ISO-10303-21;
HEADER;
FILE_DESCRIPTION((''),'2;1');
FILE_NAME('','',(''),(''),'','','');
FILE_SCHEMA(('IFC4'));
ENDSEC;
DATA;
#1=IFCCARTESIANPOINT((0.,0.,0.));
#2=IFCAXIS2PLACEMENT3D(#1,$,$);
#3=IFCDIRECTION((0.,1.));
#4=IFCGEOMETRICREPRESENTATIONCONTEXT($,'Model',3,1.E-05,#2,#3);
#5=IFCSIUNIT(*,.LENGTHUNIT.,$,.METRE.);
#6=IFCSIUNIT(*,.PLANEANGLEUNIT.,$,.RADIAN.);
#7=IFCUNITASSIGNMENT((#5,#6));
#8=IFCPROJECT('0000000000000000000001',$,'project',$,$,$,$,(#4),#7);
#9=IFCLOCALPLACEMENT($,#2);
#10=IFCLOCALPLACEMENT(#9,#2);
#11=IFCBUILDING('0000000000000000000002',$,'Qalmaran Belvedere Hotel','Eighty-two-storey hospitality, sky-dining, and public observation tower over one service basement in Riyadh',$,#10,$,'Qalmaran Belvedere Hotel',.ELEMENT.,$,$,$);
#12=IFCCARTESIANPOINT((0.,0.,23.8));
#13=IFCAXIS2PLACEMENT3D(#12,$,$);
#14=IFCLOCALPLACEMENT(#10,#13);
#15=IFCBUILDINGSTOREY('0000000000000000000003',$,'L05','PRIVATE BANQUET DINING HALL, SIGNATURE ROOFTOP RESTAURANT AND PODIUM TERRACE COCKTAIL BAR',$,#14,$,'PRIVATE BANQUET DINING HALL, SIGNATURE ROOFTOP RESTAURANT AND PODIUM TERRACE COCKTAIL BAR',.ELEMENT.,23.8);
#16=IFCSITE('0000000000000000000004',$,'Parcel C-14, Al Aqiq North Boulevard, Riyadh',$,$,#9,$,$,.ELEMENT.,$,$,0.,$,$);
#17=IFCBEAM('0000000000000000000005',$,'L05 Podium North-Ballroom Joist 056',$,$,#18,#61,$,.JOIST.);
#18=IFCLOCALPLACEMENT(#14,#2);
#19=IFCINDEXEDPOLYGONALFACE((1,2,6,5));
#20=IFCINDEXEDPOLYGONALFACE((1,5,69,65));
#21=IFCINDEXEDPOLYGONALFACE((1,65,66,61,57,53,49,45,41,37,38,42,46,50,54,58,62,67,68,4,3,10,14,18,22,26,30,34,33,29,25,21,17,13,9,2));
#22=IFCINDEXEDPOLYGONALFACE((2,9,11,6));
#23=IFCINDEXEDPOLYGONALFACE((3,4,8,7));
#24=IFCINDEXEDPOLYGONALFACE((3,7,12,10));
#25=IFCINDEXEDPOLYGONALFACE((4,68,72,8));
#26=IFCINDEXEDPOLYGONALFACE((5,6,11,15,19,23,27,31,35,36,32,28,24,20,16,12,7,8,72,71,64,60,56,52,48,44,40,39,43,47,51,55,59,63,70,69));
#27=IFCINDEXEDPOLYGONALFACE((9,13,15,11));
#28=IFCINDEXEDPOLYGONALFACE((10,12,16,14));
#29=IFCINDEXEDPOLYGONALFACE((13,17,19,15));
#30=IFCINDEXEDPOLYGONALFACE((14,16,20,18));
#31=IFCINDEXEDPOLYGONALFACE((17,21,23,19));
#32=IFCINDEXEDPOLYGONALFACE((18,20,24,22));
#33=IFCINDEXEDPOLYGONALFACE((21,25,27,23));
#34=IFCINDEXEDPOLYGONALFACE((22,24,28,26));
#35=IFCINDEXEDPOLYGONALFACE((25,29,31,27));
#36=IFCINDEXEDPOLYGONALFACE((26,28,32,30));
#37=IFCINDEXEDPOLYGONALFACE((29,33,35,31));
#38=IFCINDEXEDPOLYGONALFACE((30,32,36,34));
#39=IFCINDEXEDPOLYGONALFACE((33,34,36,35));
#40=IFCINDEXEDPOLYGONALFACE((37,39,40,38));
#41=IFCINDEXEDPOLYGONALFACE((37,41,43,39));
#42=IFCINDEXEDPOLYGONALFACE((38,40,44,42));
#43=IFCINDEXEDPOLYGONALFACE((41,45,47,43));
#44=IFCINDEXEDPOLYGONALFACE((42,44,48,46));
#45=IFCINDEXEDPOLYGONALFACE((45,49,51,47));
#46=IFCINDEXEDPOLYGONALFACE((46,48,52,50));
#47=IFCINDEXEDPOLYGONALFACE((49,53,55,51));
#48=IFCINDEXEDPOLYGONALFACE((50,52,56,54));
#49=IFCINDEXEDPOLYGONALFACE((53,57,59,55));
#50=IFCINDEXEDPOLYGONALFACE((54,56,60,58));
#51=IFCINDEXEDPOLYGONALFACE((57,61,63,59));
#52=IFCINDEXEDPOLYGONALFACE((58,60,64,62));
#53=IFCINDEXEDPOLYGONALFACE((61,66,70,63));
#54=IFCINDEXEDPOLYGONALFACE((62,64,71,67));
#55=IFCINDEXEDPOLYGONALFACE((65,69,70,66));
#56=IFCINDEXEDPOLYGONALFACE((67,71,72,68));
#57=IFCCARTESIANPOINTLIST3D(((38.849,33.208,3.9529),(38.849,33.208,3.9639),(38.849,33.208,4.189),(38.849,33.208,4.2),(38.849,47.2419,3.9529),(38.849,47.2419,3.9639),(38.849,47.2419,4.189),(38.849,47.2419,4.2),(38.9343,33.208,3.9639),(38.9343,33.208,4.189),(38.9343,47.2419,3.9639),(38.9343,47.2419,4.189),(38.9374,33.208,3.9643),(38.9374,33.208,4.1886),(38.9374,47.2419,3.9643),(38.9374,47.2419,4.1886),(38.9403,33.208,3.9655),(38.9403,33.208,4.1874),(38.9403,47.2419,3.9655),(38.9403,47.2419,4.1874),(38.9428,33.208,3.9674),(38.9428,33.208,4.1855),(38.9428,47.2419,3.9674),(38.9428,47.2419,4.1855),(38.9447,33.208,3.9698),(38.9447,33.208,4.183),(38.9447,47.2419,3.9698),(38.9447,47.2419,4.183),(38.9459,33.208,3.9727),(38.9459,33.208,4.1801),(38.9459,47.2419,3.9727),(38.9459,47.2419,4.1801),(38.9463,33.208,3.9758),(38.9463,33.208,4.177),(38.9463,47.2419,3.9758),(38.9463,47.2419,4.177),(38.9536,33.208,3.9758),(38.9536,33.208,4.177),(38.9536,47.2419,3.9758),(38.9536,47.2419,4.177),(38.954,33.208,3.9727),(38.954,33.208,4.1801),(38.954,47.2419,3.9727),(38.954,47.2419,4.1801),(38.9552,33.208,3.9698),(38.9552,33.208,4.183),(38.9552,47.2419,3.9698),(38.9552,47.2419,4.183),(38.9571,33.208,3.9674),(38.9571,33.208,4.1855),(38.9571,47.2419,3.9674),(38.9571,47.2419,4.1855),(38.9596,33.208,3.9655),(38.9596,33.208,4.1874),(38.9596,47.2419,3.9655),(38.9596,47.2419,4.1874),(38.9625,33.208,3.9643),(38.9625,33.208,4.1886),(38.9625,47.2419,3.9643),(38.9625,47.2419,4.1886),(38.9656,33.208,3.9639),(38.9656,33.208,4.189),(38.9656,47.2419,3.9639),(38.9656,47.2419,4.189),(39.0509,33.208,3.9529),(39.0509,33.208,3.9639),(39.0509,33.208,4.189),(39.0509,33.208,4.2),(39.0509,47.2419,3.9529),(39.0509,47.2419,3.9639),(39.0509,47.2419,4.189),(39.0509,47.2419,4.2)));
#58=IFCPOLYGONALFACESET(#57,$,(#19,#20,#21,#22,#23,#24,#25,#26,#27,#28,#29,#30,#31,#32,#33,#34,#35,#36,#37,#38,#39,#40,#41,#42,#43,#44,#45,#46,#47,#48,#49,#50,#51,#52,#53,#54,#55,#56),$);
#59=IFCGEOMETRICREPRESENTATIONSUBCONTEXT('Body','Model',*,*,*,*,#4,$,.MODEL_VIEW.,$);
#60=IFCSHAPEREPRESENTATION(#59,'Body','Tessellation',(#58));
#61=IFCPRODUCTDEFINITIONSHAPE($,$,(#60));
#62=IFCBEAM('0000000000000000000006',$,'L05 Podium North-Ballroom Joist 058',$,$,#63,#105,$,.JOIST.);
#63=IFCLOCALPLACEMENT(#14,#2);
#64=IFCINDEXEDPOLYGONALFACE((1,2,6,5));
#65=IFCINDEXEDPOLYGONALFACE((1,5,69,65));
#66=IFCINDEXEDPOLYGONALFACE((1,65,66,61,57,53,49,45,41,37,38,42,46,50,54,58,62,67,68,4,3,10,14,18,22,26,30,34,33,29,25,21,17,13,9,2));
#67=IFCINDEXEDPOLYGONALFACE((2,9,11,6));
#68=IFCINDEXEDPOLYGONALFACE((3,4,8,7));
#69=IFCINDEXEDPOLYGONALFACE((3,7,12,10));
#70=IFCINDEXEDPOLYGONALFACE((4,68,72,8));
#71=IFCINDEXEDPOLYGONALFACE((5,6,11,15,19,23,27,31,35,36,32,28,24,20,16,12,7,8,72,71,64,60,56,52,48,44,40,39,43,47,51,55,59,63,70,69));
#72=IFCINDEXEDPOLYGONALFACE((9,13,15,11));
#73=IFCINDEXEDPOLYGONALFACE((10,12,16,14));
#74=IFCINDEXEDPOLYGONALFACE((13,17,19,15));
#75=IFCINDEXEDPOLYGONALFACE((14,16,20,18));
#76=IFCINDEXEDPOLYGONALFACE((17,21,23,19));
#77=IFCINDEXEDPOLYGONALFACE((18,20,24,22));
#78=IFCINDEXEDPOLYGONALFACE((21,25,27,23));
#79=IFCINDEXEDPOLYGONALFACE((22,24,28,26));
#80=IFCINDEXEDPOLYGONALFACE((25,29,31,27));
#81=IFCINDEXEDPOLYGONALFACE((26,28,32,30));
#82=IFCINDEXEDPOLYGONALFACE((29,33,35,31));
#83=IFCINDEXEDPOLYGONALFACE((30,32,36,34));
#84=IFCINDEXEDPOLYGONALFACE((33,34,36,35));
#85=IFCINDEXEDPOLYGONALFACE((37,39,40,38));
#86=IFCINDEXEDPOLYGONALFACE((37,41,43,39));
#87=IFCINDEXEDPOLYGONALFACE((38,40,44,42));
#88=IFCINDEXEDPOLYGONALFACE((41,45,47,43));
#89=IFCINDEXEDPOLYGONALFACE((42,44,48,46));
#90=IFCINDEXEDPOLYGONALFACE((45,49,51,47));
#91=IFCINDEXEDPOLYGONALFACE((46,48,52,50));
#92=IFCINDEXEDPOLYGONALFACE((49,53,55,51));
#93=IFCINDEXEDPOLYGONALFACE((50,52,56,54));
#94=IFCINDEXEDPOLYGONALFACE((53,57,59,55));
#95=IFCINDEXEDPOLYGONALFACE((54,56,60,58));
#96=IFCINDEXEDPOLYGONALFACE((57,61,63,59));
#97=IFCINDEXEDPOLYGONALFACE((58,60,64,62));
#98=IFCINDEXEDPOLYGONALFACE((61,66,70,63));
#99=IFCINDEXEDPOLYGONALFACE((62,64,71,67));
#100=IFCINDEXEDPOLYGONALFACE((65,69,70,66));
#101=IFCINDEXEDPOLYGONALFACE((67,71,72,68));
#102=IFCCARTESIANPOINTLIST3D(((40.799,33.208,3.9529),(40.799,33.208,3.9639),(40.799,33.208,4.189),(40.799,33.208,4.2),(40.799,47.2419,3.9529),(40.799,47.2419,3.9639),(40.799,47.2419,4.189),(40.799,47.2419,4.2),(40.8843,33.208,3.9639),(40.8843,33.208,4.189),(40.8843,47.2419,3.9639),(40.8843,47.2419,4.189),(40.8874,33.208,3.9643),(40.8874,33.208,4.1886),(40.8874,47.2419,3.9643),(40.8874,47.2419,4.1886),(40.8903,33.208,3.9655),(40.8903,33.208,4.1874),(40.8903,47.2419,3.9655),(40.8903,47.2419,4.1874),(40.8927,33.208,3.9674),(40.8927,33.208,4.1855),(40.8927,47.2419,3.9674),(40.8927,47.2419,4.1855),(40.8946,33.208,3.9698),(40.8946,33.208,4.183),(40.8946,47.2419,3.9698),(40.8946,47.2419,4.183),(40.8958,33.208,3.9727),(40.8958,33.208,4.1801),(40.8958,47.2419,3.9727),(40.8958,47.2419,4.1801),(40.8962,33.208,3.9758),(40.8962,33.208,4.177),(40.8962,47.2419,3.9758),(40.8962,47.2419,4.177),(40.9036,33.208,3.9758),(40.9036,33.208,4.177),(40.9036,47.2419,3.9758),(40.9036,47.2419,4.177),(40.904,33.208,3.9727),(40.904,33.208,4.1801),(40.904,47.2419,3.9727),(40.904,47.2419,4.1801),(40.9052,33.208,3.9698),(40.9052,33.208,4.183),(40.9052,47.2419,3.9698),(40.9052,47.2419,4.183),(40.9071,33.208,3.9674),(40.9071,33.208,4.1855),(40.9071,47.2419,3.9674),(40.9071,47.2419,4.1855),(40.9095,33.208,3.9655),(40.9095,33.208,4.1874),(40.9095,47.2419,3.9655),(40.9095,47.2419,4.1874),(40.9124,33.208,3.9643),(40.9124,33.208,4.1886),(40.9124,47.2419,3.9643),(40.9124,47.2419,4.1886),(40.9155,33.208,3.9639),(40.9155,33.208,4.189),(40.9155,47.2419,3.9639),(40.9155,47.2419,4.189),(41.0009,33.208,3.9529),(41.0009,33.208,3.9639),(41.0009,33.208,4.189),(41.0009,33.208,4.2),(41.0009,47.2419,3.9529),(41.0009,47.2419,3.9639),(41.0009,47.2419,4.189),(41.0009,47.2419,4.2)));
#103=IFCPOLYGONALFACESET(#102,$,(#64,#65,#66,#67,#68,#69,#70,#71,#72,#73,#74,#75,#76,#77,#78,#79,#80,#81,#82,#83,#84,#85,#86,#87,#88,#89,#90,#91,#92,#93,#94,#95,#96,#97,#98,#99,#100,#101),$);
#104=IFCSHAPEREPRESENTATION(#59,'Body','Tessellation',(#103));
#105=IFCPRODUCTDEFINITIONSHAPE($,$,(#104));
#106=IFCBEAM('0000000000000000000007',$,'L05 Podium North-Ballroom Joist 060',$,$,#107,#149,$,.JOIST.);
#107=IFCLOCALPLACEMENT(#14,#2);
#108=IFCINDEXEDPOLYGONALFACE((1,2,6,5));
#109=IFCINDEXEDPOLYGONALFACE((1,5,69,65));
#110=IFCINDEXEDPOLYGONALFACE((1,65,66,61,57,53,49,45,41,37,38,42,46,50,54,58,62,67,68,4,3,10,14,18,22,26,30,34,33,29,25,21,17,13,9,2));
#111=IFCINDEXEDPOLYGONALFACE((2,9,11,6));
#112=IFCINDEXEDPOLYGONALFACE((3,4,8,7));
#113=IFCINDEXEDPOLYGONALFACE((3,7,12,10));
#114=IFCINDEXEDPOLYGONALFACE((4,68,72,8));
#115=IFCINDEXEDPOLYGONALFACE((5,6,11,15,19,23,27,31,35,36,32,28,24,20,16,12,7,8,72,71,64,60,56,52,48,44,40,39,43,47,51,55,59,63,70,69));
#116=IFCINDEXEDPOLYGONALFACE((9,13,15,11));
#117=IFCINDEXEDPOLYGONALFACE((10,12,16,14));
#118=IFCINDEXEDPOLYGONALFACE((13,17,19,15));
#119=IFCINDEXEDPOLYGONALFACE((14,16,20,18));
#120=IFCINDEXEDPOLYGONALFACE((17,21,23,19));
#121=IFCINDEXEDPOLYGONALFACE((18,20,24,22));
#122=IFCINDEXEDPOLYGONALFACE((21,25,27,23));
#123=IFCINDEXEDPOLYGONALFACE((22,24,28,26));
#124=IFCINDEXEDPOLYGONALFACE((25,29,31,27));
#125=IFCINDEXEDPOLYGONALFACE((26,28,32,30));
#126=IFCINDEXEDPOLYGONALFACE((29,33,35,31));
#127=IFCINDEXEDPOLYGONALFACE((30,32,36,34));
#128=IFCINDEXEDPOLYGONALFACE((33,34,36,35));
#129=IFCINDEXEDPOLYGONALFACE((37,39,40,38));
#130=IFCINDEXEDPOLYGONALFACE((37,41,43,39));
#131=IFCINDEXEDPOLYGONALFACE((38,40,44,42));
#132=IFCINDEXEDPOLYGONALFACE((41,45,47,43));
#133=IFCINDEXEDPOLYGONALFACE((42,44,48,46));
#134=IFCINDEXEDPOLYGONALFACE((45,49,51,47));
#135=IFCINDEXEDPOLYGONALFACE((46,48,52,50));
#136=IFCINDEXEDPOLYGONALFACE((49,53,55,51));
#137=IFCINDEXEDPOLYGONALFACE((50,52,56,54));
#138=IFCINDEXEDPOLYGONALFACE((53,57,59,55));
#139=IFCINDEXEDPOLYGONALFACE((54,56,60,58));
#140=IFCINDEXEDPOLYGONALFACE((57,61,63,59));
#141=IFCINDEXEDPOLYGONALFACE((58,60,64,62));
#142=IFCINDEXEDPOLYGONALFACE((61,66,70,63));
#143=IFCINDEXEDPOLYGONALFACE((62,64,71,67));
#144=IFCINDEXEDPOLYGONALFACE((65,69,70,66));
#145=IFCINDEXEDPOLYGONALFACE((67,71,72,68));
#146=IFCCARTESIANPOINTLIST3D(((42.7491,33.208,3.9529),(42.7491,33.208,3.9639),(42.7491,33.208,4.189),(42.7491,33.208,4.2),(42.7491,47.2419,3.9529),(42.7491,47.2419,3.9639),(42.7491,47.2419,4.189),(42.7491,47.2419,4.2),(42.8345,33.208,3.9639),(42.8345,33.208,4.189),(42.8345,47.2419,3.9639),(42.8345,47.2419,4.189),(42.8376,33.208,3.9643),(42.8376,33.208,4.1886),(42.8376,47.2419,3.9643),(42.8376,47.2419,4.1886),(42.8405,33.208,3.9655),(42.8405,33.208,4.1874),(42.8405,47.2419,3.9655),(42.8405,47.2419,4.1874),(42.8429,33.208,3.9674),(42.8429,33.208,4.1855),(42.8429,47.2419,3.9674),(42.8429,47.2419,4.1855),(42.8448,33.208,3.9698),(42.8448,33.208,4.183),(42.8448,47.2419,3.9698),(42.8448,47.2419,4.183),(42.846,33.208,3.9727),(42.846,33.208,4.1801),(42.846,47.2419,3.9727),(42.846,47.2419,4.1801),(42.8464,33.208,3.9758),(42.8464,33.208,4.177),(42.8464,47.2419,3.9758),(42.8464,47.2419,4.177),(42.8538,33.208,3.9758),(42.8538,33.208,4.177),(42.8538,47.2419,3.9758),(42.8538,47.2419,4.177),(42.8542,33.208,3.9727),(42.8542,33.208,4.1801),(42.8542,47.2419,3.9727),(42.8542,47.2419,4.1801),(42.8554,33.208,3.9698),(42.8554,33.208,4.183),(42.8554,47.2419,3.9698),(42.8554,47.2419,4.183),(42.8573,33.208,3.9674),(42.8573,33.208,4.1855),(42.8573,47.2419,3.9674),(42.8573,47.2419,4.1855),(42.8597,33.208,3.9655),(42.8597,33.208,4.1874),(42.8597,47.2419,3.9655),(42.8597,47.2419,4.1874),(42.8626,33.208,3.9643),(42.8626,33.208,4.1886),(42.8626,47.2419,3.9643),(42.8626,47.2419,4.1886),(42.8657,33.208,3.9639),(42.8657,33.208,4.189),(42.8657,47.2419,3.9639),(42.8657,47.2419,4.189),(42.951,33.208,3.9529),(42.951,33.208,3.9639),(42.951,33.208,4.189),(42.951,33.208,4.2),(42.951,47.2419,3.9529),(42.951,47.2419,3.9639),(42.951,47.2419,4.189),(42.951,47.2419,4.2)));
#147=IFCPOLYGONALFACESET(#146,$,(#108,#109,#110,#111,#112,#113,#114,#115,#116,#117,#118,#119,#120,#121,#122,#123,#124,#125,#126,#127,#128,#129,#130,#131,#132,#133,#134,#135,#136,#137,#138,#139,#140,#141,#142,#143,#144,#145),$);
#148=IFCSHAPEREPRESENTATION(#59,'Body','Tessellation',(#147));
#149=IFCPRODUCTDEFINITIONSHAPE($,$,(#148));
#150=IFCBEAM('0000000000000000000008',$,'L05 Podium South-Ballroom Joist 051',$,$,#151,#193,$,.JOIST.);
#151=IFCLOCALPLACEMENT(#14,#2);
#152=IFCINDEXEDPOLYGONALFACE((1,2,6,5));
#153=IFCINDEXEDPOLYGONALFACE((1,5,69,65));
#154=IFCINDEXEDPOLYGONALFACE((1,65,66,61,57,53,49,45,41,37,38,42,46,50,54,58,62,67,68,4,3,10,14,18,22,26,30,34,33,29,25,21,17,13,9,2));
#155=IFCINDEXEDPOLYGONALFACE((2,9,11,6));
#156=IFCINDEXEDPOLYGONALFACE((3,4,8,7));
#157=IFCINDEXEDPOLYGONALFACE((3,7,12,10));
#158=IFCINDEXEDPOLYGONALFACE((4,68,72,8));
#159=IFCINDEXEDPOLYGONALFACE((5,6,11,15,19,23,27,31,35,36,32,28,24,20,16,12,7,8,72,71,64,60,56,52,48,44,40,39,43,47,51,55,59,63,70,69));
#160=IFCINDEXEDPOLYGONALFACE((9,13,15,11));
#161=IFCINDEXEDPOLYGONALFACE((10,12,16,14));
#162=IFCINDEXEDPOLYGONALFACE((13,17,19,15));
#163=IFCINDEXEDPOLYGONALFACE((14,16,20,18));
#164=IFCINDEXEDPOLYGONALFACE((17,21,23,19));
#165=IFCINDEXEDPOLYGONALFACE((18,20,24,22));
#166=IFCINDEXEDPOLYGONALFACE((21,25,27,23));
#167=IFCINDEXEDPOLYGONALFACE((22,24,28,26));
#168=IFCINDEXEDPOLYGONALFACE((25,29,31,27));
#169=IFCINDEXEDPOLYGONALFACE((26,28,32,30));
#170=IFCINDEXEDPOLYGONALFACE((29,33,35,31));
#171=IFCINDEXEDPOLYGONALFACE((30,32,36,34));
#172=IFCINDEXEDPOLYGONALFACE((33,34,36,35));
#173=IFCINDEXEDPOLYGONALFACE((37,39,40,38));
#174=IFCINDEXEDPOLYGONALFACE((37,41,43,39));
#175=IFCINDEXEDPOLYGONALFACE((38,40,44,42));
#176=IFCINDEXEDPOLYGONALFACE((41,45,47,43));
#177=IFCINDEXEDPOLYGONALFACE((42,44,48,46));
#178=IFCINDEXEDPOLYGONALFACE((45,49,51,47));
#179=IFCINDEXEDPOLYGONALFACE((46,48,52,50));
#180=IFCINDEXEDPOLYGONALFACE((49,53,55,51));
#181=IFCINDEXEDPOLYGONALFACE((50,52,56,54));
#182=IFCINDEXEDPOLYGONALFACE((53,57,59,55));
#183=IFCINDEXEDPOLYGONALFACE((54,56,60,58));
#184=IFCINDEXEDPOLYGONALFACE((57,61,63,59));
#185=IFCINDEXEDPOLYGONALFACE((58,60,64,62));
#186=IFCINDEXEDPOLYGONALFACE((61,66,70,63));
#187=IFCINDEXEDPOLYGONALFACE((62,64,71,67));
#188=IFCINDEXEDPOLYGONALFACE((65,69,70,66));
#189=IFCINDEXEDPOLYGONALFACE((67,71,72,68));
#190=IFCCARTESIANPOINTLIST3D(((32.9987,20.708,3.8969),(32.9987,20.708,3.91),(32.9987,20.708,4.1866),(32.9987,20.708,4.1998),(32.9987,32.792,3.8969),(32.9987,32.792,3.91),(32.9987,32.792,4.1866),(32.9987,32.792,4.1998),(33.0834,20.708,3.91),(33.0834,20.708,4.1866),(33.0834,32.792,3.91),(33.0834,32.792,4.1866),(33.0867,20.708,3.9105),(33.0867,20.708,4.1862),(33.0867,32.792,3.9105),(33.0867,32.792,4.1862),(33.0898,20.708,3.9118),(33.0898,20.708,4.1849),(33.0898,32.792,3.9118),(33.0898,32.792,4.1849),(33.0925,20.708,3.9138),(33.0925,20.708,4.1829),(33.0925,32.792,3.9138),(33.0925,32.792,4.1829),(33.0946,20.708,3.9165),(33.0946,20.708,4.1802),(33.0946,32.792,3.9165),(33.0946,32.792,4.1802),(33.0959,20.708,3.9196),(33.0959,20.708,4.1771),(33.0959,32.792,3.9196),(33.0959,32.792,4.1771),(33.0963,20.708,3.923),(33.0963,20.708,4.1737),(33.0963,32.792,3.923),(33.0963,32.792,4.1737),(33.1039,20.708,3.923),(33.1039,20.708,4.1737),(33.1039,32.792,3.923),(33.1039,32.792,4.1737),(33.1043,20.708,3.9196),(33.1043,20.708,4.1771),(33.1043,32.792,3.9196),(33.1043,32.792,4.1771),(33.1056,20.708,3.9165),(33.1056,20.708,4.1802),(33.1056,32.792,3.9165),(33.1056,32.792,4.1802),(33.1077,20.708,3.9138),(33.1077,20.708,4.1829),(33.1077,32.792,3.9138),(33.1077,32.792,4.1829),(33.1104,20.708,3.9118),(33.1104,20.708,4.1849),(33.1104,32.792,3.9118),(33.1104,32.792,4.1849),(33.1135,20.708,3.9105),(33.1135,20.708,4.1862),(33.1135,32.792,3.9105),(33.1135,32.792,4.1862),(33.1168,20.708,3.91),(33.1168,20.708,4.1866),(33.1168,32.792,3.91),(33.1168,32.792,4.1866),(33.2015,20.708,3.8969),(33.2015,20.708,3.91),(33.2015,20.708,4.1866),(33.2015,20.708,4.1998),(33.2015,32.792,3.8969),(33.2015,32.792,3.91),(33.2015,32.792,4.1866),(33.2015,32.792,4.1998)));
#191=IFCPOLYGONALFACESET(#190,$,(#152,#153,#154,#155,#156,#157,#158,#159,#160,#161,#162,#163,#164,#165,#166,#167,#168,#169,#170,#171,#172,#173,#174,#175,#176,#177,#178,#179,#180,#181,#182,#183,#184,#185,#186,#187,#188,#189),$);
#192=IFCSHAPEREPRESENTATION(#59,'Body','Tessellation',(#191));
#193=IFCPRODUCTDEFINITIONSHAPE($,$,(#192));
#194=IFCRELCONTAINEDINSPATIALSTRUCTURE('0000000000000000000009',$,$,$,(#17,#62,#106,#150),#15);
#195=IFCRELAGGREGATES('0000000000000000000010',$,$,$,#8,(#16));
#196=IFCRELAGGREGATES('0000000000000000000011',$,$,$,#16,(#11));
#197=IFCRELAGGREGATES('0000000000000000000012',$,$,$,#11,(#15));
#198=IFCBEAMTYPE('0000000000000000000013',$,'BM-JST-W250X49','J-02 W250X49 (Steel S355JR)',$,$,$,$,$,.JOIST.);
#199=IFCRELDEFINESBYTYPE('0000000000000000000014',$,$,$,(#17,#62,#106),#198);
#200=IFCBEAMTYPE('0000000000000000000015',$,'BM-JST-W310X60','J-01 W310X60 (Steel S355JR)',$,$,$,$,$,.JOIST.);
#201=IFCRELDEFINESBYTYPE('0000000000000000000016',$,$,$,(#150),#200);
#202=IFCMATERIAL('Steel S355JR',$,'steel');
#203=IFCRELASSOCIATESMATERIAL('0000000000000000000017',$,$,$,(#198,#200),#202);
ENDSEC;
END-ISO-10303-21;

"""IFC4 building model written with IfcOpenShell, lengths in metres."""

from ifc_helpers import new_model, si_unit, direction, frame, origin, origin_2d, place, context, subcontext, project, spatial, i_section, extrude, material, material_profile, profile_set, type_object, element, save


model = new_model("IFC4")

# Units and contexts
model_context = context("Model", 3, precision=1e-05, world=origin(), true_north=direction((0.0, 1.0)))
body_context = subcontext(model_context, "Body", "Model", "MODEL_VIEW")
ifc_project = project(units=[si_unit("LENGTHUNIT", "METRE"), si_unit("PLANEANGLEUNIT", "RADIAN")], contexts=[model_context])

# Site, building, storey
site_placement = place(None, origin())
site = spatial("IfcSite", under=ifc_project, at=site_placement, Name="Parcel C-14, Al Aqiq North Boulevard, Riyadh", CompositionType="ELEMENT", RefElevation=0.0)
building_placement = place(site_placement, origin())
building = spatial("IfcBuilding", under=site, at=building_placement, Name="Qalmaran Belvedere Hotel", Description="Eighty-two-storey hospitality, sky-dining, and public observation tower over one service basement in Riyadh", LongName="Qalmaran Belvedere Hotel", CompositionType="ELEMENT")
storey_placement = place(building_placement, frame((0.0, 0.0, 23.8)))
storey = spatial("IfcBuildingStorey", under=building, at=storey_placement, Name="L05", Description="PRIVATE BANQUET DINING HALL, SIGNATURE ROOFTOP RESTAURANT AND PODIUM TERRACE COCKTAIL BAR", LongName="PRIVATE BANQUET DINING HALL, SIGNATURE ROOFTOP RESTAURANT AND PODIUM TERRACE COCKTAIL BAR", CompositionType="ELEMENT", Elevation=23.8)

# Beams
ifc_material_1 = material(Name="Steel S355JR", Category="steel")
ifc_material_profile_1 = material_profile(ifc_material_1, i_section(OverallWidth=0.2019, OverallDepth=0.2471, WebThickness=0.0073, FlangeThickness=0.011, FilletRadius=0.012, at=origin_2d()), Name="W250X49")
ifc_profile_set_1 = profile_set([ifc_material_profile_1], Name="Steel S355JR")
beam_type_1 = type_object("IfcBeamType", Name="BM-JST-W250X49", Description="J-02 W250X49 (Steel S355JR)", PredefinedType="JOIST", material=ifc_profile_set_1)
for number, where, z_axis, x_axis, name in (
    (1, (38.95, 33.208, 4.0764), (0.0, 1.0, 0.0), (-1.0, 0.0, 0.0), "L05 Podium North-Ballroom Joist 056"),
    (2, (40.8999, 33.208, 4.0764), (0.0, 1.0, 0.0), (-1.0, 0.0, 0.0), "L05 Podium North-Ballroom Joist 058"),
    (3, (42.8501, 33.208, 4.0764), (0.0, 1.0, 0.0), (-1.0, 0.0, 0.0), "L05 Podium North-Ballroom Joist 060"),
):
    element("IfcBeam", number, at=place(storey_placement, frame(where, z_axis=z_axis, x_axis=x_axis)), inside=storey, type_object=beam_type_1, Name=name, PredefinedType="JOIST", context=body_context, shape_type="SweptSolid", body=[
        extrude(i_section(OverallWidth=0.2019, OverallDepth=0.2471, WebThickness=0.0073, FlangeThickness=0.011, FilletRadius=0.012, at=origin_2d()), origin(), (0.0, 0.0, 1.0), 14.0339),
    ])
ifc_material_profile_2 = material_profile(ifc_material_1, i_section(OverallWidth=0.2029, OverallDepth=0.303, WebThickness=0.0076, FlangeThickness=0.0132, FilletRadius=0.0129, at=origin_2d()), Name="W310X60")
ifc_profile_set_2 = profile_set([ifc_material_profile_2], Name="Steel S355JR")
beam_type_2 = type_object("IfcBeamType", Name="BM-JST-W310X60", Description="J-01 W310X60 (Steel S355JR)", PredefinedType="JOIST", material=ifc_profile_set_2)
for number, where, z_axis, x_axis, name in (
    (4, (33.1001, 20.708, 4.0483), (0.0, 1.0, 0.0), (-1.0, 0.0, 0.0), "L05 Podium South-Ballroom Joist 051"),
):
    element("IfcBeam", number, at=place(storey_placement, frame(where, z_axis=z_axis, x_axis=x_axis)), inside=storey, type_object=beam_type_2, Name=name, PredefinedType="JOIST", context=body_context, shape_type="SweptSolid", body=[
        extrude(i_section(OverallWidth=0.2029, OverallDepth=0.303, WebThickness=0.0076, FlangeThickness=0.0132, FilletRadius=0.0129, at=origin_2d()), origin(), (0.0, 0.0, 1.0), 12.084),
    ])

save(model, "model.ifc")
